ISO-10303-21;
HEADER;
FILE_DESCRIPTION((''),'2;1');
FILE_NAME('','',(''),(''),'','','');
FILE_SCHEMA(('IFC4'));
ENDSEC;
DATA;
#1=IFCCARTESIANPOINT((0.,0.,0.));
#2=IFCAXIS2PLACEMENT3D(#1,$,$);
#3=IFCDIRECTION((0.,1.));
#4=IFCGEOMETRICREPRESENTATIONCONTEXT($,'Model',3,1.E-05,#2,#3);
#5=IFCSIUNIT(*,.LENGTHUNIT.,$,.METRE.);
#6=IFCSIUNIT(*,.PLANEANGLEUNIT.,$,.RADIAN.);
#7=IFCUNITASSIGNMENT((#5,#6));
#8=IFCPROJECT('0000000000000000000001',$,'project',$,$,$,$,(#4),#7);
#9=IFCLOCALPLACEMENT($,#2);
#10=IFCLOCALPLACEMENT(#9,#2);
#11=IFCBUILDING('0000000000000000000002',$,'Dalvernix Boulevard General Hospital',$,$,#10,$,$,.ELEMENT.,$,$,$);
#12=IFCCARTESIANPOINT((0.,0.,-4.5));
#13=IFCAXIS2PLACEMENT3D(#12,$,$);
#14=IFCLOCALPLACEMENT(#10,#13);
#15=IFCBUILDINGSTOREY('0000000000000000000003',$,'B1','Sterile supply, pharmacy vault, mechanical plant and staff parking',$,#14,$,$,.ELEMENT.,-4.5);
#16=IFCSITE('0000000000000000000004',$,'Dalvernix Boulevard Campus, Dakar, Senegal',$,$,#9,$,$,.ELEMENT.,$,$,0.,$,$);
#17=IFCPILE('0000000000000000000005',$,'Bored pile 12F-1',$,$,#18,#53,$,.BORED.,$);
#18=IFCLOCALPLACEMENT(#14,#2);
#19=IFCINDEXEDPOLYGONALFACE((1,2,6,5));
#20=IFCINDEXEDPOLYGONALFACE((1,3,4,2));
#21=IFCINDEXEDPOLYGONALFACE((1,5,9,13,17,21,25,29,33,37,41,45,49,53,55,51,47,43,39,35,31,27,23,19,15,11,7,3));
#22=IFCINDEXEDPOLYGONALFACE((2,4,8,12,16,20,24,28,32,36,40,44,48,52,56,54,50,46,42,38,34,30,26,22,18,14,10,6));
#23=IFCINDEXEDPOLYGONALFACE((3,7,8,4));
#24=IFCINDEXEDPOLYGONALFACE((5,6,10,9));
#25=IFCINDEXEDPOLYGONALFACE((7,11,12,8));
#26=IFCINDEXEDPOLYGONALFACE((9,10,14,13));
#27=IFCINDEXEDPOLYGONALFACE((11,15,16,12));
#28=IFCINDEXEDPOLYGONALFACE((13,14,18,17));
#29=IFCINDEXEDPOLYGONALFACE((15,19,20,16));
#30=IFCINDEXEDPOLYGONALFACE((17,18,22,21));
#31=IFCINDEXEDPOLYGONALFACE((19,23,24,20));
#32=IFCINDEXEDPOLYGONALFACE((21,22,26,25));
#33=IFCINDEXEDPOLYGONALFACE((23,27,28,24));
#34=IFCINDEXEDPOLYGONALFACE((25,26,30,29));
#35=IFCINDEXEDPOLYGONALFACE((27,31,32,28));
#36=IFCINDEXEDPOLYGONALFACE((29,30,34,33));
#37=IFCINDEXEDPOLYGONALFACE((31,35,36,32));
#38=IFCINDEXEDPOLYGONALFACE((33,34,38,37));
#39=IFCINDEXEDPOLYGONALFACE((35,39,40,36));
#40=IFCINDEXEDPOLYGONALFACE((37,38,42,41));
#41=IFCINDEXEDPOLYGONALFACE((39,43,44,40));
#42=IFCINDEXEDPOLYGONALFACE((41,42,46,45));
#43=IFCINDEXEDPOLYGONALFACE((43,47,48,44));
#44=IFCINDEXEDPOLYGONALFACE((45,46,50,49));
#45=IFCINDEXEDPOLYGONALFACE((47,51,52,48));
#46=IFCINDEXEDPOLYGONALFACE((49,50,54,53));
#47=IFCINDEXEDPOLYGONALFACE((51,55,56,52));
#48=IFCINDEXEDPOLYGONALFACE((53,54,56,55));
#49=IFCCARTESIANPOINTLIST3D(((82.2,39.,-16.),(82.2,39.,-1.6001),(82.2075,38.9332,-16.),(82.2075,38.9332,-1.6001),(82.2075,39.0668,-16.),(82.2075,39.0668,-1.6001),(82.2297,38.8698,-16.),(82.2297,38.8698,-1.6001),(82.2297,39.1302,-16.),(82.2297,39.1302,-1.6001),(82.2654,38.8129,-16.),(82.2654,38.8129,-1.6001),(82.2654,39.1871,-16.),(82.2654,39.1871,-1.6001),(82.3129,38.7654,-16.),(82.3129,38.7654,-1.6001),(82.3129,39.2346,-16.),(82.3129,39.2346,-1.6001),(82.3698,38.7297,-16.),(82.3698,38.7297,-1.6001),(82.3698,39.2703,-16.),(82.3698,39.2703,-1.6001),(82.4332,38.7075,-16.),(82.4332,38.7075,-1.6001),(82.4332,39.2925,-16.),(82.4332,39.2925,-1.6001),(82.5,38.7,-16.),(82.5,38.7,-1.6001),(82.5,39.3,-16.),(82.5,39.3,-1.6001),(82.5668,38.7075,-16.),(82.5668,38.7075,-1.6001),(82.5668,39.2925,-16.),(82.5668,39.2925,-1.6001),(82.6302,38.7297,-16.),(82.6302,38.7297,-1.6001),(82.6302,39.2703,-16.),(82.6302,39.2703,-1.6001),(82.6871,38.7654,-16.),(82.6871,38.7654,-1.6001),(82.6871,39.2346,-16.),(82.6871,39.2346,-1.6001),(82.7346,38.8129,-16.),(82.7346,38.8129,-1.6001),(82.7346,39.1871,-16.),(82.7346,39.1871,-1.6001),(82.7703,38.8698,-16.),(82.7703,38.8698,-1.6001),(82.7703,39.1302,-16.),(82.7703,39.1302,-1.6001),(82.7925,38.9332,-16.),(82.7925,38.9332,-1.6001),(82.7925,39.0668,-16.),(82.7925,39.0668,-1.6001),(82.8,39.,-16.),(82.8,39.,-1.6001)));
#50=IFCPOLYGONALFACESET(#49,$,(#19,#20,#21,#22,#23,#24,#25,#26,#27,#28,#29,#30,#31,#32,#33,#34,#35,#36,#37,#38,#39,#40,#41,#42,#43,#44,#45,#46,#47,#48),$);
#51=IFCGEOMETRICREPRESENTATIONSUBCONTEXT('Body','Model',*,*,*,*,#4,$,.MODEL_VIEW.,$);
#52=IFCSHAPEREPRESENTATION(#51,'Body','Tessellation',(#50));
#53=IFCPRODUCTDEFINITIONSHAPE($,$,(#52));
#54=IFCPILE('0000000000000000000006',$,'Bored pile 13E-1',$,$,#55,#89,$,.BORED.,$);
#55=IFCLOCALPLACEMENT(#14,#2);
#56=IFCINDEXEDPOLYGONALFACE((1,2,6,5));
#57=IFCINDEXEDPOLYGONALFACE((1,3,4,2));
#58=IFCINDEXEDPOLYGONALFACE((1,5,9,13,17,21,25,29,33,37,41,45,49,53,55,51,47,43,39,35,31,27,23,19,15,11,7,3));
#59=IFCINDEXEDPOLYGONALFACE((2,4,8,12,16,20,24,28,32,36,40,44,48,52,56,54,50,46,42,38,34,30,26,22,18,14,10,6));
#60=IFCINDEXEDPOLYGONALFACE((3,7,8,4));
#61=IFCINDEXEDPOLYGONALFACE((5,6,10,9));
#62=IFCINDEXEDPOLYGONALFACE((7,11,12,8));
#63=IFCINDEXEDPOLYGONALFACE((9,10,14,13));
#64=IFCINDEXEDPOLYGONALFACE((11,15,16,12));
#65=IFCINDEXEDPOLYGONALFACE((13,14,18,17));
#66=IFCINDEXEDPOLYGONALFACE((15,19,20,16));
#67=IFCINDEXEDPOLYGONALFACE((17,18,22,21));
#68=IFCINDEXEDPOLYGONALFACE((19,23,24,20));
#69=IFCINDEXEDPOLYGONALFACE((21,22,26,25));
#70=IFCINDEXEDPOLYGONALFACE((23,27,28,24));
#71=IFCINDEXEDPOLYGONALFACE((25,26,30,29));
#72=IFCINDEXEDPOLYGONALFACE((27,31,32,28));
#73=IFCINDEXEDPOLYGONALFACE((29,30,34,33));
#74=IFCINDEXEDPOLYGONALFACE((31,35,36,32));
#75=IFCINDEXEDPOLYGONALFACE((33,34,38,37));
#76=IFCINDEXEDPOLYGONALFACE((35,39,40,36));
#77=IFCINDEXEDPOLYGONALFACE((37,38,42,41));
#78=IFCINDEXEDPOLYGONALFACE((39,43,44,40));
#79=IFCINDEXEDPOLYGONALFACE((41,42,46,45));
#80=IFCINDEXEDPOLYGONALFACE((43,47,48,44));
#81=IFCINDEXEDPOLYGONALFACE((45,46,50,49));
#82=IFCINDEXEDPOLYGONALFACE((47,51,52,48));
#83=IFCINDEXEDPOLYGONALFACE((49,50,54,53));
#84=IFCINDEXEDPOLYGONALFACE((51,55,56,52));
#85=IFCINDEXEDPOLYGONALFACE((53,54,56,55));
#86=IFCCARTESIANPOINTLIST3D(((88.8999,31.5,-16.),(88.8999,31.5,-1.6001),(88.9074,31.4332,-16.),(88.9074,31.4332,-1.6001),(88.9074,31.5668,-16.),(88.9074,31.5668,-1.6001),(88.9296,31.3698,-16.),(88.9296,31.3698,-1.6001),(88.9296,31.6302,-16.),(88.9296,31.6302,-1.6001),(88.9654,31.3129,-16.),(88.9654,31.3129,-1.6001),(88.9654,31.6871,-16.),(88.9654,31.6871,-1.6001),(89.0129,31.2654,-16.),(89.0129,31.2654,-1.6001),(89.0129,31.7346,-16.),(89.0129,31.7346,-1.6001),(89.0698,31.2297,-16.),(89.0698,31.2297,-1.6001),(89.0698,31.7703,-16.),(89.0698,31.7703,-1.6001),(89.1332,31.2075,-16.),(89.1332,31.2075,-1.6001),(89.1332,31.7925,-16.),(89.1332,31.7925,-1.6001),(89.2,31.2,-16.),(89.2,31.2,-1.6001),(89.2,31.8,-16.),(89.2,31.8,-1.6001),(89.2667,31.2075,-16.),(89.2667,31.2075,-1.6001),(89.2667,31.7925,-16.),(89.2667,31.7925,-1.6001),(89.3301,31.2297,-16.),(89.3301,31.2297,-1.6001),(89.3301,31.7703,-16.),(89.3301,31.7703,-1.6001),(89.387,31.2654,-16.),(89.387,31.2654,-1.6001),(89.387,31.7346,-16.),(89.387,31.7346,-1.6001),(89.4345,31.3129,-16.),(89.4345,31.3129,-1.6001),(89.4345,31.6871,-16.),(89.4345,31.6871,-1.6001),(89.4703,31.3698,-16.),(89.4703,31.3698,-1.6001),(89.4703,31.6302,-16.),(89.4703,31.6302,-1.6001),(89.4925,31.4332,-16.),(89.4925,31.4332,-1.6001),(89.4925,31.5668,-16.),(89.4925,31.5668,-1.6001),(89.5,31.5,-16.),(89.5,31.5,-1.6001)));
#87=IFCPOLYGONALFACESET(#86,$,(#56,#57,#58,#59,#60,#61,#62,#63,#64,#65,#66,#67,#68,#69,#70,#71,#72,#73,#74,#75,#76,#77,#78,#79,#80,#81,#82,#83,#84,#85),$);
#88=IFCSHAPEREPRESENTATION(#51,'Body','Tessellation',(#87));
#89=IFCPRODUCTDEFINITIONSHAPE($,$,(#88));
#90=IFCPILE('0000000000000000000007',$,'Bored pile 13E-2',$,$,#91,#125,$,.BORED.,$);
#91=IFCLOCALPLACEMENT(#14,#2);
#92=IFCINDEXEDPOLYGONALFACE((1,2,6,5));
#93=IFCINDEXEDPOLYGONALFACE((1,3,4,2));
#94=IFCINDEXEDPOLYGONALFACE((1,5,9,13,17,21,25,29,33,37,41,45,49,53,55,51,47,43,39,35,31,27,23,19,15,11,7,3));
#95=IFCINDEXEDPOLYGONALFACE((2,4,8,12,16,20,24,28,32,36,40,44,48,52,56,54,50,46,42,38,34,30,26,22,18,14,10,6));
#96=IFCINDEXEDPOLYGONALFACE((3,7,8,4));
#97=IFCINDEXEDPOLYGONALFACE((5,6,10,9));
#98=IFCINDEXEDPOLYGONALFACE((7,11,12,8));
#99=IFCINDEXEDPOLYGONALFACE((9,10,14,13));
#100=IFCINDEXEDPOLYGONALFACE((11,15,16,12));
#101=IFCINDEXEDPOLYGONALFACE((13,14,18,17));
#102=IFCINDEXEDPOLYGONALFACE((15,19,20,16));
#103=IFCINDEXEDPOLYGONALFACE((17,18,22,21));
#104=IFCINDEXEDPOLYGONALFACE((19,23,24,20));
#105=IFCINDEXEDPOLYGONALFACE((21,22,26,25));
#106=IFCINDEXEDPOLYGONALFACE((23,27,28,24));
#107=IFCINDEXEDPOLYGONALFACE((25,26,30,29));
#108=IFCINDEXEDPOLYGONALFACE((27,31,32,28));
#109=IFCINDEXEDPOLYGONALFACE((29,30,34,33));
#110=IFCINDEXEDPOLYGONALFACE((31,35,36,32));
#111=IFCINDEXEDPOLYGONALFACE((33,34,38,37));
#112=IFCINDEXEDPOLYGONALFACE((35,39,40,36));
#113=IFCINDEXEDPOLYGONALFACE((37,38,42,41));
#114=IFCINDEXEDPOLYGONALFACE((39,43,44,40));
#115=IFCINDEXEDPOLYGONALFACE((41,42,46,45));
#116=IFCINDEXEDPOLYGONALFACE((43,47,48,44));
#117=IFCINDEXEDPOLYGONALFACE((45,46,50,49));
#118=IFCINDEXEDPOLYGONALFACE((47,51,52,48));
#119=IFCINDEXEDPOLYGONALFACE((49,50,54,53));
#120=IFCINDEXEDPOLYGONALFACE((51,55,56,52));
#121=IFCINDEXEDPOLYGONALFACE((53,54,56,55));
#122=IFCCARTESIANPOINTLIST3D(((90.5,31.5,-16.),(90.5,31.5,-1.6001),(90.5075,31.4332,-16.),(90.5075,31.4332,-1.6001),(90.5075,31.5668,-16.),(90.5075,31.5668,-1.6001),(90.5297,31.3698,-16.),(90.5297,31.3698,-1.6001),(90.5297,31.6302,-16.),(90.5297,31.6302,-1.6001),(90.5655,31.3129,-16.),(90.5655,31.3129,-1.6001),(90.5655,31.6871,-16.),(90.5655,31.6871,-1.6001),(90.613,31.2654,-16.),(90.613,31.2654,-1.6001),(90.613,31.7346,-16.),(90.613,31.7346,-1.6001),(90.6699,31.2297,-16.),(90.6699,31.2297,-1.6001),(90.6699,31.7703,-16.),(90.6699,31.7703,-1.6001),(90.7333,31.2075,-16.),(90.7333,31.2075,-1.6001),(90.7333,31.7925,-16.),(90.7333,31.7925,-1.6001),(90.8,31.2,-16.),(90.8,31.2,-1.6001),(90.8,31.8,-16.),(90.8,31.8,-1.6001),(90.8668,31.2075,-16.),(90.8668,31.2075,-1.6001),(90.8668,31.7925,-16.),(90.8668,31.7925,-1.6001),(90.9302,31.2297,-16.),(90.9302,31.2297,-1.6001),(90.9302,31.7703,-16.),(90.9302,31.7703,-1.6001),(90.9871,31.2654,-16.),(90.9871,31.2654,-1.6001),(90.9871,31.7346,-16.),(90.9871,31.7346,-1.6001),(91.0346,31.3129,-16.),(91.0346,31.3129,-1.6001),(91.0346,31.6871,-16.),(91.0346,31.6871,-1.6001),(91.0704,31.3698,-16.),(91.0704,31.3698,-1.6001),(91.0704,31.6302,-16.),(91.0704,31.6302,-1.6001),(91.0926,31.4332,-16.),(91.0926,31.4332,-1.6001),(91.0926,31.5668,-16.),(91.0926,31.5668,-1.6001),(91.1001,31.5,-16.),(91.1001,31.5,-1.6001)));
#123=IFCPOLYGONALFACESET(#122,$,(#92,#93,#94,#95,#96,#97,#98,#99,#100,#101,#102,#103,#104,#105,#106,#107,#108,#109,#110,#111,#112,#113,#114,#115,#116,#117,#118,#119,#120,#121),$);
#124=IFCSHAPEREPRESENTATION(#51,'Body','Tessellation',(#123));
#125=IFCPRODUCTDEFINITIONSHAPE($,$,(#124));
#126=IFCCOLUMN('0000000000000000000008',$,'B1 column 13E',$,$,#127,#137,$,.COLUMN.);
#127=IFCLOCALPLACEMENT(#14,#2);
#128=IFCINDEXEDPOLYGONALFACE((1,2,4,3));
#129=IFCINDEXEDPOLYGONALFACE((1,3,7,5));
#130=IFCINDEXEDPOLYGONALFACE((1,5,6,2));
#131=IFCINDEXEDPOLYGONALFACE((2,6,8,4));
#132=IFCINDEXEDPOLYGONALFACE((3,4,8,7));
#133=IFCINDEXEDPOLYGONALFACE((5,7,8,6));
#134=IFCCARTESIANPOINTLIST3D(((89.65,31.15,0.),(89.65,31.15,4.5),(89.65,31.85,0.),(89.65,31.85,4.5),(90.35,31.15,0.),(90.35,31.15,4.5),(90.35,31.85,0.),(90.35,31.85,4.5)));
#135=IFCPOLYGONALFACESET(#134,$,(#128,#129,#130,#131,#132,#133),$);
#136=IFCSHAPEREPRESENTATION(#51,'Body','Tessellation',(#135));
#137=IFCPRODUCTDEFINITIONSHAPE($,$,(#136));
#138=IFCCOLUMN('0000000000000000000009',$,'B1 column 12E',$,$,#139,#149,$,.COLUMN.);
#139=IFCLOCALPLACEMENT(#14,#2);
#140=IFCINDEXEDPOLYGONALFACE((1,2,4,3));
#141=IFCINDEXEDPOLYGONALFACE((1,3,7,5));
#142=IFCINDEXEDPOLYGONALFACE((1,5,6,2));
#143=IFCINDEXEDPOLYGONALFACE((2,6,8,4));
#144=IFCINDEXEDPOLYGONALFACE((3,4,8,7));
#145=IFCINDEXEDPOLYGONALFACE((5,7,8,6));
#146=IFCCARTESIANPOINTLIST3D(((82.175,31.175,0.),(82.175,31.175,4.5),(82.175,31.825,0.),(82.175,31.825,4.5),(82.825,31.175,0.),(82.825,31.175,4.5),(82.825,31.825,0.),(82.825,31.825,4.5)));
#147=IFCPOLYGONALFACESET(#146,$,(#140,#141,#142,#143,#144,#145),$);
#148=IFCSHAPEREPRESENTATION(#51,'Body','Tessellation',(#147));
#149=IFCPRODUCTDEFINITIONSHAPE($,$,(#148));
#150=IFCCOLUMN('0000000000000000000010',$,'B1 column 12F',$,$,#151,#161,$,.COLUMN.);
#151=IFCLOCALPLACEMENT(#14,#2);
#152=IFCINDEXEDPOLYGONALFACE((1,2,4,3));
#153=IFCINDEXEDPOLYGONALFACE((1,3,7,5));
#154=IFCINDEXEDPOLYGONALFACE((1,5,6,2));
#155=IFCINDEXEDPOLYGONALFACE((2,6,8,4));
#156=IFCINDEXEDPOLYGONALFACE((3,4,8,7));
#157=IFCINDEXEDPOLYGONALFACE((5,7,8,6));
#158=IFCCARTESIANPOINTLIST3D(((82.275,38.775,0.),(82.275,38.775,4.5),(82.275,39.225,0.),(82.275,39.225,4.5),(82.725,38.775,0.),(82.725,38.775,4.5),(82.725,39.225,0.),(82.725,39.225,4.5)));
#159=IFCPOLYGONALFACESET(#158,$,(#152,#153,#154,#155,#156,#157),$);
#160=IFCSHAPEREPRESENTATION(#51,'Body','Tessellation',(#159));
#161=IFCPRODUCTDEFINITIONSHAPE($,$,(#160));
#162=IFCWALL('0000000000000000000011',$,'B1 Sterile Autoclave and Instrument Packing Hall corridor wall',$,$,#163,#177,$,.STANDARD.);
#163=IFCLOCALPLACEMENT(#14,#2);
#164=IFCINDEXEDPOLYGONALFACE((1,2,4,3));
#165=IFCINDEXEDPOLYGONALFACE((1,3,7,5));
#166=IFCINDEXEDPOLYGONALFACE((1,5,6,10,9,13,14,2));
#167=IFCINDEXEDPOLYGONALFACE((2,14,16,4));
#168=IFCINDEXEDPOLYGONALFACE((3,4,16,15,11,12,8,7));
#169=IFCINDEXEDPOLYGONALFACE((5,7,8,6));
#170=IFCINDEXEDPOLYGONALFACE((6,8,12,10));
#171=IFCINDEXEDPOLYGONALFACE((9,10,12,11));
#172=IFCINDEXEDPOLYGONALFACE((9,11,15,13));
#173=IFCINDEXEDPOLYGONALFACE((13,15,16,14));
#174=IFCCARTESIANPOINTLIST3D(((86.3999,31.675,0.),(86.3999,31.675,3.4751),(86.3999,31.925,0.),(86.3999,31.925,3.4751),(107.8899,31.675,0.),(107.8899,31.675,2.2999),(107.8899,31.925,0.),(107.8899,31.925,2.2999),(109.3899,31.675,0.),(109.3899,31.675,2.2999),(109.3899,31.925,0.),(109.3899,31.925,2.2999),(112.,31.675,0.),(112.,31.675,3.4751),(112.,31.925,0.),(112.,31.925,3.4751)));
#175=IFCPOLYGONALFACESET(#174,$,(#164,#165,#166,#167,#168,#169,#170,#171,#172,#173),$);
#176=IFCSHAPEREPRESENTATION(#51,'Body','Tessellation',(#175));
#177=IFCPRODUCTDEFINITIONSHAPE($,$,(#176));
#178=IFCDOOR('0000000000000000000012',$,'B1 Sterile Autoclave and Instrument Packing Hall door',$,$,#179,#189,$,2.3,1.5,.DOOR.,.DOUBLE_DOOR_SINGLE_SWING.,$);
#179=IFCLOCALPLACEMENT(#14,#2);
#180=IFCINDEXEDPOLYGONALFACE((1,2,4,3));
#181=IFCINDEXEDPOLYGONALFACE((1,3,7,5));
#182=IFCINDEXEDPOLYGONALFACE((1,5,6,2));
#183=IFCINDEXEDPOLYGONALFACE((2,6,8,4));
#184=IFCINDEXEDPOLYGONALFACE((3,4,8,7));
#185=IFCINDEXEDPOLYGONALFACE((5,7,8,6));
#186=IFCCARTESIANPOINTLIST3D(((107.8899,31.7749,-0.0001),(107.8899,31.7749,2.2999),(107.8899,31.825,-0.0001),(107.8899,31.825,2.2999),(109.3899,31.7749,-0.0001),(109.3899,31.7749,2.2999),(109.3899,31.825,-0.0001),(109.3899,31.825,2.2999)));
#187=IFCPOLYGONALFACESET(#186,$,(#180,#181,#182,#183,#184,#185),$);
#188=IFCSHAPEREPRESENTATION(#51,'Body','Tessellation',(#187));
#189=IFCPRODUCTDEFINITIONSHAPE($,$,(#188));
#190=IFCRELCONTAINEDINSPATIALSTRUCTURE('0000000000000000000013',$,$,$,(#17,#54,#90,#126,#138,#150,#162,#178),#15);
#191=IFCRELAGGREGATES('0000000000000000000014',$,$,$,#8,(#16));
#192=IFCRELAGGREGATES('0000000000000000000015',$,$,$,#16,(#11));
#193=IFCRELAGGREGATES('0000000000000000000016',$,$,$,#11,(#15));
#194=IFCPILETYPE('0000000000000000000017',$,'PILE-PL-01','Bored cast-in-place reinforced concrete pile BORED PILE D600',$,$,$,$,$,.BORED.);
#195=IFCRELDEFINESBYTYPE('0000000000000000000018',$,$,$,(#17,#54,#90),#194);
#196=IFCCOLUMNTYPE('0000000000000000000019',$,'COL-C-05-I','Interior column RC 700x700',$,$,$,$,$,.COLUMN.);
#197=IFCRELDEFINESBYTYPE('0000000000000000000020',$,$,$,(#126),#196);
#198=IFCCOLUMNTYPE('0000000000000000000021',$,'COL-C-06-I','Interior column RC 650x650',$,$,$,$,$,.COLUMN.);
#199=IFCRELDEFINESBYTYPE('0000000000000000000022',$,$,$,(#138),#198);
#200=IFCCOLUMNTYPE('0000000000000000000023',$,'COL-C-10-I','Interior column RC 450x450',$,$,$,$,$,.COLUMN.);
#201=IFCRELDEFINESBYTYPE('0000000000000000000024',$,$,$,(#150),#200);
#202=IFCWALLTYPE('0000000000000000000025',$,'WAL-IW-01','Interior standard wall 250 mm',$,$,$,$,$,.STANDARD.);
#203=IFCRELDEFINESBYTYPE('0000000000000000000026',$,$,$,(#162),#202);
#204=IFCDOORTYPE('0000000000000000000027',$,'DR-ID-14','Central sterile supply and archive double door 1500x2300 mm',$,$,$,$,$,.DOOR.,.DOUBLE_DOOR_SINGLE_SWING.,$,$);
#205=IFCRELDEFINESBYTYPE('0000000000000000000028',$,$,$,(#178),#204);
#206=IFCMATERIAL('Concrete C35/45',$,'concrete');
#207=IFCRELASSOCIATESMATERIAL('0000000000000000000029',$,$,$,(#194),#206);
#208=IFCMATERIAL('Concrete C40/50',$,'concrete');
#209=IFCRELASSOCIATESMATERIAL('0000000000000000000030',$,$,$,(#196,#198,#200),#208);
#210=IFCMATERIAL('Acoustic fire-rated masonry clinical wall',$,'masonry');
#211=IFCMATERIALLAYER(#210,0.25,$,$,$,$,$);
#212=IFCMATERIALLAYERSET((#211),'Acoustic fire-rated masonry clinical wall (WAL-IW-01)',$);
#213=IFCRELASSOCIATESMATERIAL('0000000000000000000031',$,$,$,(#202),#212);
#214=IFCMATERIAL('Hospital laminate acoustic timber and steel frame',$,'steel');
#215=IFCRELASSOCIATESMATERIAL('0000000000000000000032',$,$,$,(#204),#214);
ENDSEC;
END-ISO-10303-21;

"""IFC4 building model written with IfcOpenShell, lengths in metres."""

from ifc_helpers import new_model, si_unit, direction, frame, frame_2d, origin, origin_2d, place, context, subcontext, project, spatial, rectangle, circle, extrude, material, layer, layer_set, material_profile, profile_set, type_object, element, fill, save


model = new_model("IFC4")

# Units and contexts
model_context = context("Model", 3, precision=1e-05, world=origin(), true_north=direction((0.0, 1.0)))
body_context = subcontext(model_context, "Body", "Model", "MODEL_VIEW")
ifc_project = project(units=[si_unit("LENGTHUNIT", "METRE"), si_unit("PLANEANGLEUNIT", "RADIAN")], contexts=[model_context])

# Site, building, storey
site_placement = place(None, origin())
site = spatial("IfcSite", under=ifc_project, at=site_placement, Name="Dalvernix Boulevard Campus, Dakar, Senegal", CompositionType="ELEMENT", RefElevation=0.0)
building_placement = place(site_placement, origin())
building = spatial("IfcBuilding", under=site, at=building_placement, Name="Dalvernix Boulevard General Hospital", CompositionType="ELEMENT")
storey_placement = place(building_placement, frame((0.0, 0.0, -4.5)))
storey = spatial("IfcBuildingStorey", under=building, at=storey_placement, Name="B1", Description="Sterile supply, pharmacy vault, mechanical plant and staff parking", CompositionType="ELEMENT", Elevation=-4.5)

# Shared definitions
ifc_material_1 = material(Name="Concrete C35/45", Category="concrete")
ifc_material_2 = material(Name="Concrete C40/50", Category="concrete")

# Piles
ifc_material_profile_1 = material_profile(ifc_material_1, circle(Radius=0.3, at=origin_2d()), Name="BORED PILE D600")
ifc_profile_set_1 = profile_set([ifc_material_profile_1], Name="Concrete C35/45")
pile_type = type_object("IfcPileType", Name="PILE-PL-01", Description="Bored cast-in-place reinforced concrete pile BORED PILE D600", PredefinedType="BORED", material=ifc_profile_set_1)
for number, where, z_axis, x_axis, name in (
    (1, (82.5, 39.0, -1.6001), (0.0, 0.0, -1.0), (1.0, 0.0, 0.0), "Bored pile 12F-1"),
    (2, (89.2, 31.5, -1.6001), (0.0, 0.0, -1.0), (1.0, 0.0, 0.0), "Bored pile 13E-1"),
    (3, (90.8, 31.5, -1.6001), (0.0, 0.0, -1.0), (1.0, 0.0, 0.0), "Bored pile 13E-2"),
):
    element("IfcPile", number, at=place(storey_placement, frame(where, z_axis=z_axis, x_axis=x_axis)), inside=storey, type_object=pile_type, Name=name, PredefinedType="BORED", context=body_context, shape_type="SweptSolid", body=[
        extrude(circle(Radius=0.3, at=origin_2d()), origin(), (0.0, 0.0, 1.0), 14.3999),
    ])

# Columns
ifc_material_profile_2 = material_profile(ifc_material_2, rectangle(XDim=0.7, YDim=0.7, at=origin_2d()), Name="RC 700x700")
ifc_profile_set_2 = profile_set([ifc_material_profile_2], Name="Concrete C40/50")
column_type_1 = type_object("IfcColumnType", Name="COL-C-05-I", Description="Interior column RC 700x700", PredefinedType="COLUMN", material=ifc_profile_set_2)
column_1_placement = place(storey_placement, frame((90.0, 31.5, 0.0), z_axis=(0.0, 0.0, 1.0), x_axis=(1.0, 0.0, 0.0)))
element("IfcColumn", 4, at=column_1_placement, inside=storey, type_object=column_type_1, Name="B1 column 13E", PredefinedType="COLUMN", context=body_context, shape_type="SweptSolid", body=[
    extrude(rectangle(XDim=0.7, YDim=0.7, at=origin_2d()), origin(), (0.0, 0.0, 1.0), 4.5),
])
ifc_material_profile_3 = material_profile(ifc_material_2, rectangle(XDim=0.6499, YDim=0.6499, at=origin_2d()), Name="RC 650x650")
ifc_profile_set_3 = profile_set([ifc_material_profile_3], Name="Concrete C40/50")
column_type_2 = type_object("IfcColumnType", Name="COL-C-06-I", Description="Interior column RC 650x650", PredefinedType="COLUMN", material=ifc_profile_set_3)
column_2_placement = place(storey_placement, frame((82.5, 31.5, 0.0), z_axis=(0.0, 0.0, 1.0), x_axis=(1.0, 0.0, 0.0)))
element("IfcColumn", 5, at=column_2_placement, inside=storey, type_object=column_type_2, Name="B1 column 12E", PredefinedType="COLUMN", context=body_context, shape_type="SweptSolid", body=[
    extrude(rectangle(XDim=0.6499, YDim=0.6499, at=origin_2d()), origin(), (0.0, 0.0, 1.0), 4.5),
])
ifc_material_profile_4 = material_profile(ifc_material_2, rectangle(XDim=0.45, YDim=0.45, at=origin_2d()), Name="RC 450x450")
ifc_profile_set_4 = profile_set([ifc_material_profile_4], Name="Concrete C40/50")
column_type_3 = type_object("IfcColumnType", Name="COL-C-10-I", Description="Interior column RC 450x450", PredefinedType="COLUMN", material=ifc_profile_set_4)
column_3_placement = place(storey_placement, frame((82.5, 39.0, 0.0), z_axis=(0.0, 0.0, 1.0), x_axis=(1.0, 0.0, 0.0)))
element("IfcColumn", 6, at=column_3_placement, inside=storey, type_object=column_type_3, Name="B1 column 12F", PredefinedType="COLUMN", context=body_context, shape_type="SweptSolid", body=[
    extrude(rectangle(XDim=0.45, YDim=0.45, at=origin_2d()), origin(), (0.0, 0.0, 1.0), 4.5),
])

# Wall, opening, door
ifc_material_3 = material(Name="Acoustic fire-rated masonry clinical wall", Category="masonry")
ifc_layer_1 = layer(ifc_material_3, 0.25)
ifc_layer_set_1 = layer_set([ifc_layer_1], Name="Acoustic fire-rated masonry clinical wall (WAL-IW-01)")
wall_type_1 = type_object("IfcWallType", Name="WAL-IW-01", Description="Interior standard wall 250 mm", PredefinedType="STANDARD", material=ifc_layer_set_1)
wall_1_placement = place(storey_placement, frame((86.3999, 31.8, 0.0), z_axis=(0.0, 0.0, 1.0), x_axis=(1.0, 0.0, 0.0)))
wall_1 = element("IfcWall", 7, at=wall_1_placement, inside=storey, type_object=wall_type_1, Name="B1 Sterile Autoclave and Instrument Packing Hall corridor wall", PredefinedType="STANDARD", context=body_context, shape_type="SweptSolid", body=[
    extrude(rectangle(XDim=25.6001, YDim=0.25, at=frame_2d((12.8, 0.0))), origin(), (0.0, 0.0, 1.0), 3.4751),
])
opening_placement = place(wall_1_placement, frame((21.49, 0.0, 0.0)))
opening = element("IfcOpeningElement", 8, at=opening_placement, cuts=wall_1, PredefinedType="OPENING", context=body_context, shape_type="SweptSolid", body=[
    extrude(rectangle(XDim=1.5, YDim=2.3, at=frame_2d((0.75, 1.1499))), frame((0.0, 0.135, 0.0), z_axis=(0.0, -1.0, 0.0), x_axis=(1.0, 0.0, 0.0)), (0.0, 0.0, 1.0), 0.27),
])
ifc_material_4 = material(Name="Hospital laminate acoustic timber and steel frame", Category="steel")
door_type = type_object("IfcDoorType", Name="DR-ID-14", Description="Central sterile supply and archive double door 1500x2300 mm", OperationType="DOUBLE_DOOR_SINGLE_SWING", PredefinedType="DOOR", material=ifc_material_4)
door_placement = place(opening_placement, origin())
door = element("IfcDoor", 9, at=door_placement, inside=storey, type_object=door_type, Name="B1 Sterile Autoclave and Instrument Packing Hall door", OperationType="DOUBLE_DOOR_SINGLE_SWING", OverallHeight=2.3, OverallWidth=1.5, PredefinedType="DOOR", context=body_context, shape_type="SweptSolid", body=[
    extrude(rectangle(XDim=1.5, YDim=2.3, at=frame_2d((0.75, 1.1499))), frame((0.0, 0.0249, 0.0), z_axis=(0.0, -1.0, 0.0), x_axis=(1.0, 0.0, 0.0)), (0.0, 0.0, 1.0), 0.05),
])
fill(opening, door)

save(model, "model.ifc")
